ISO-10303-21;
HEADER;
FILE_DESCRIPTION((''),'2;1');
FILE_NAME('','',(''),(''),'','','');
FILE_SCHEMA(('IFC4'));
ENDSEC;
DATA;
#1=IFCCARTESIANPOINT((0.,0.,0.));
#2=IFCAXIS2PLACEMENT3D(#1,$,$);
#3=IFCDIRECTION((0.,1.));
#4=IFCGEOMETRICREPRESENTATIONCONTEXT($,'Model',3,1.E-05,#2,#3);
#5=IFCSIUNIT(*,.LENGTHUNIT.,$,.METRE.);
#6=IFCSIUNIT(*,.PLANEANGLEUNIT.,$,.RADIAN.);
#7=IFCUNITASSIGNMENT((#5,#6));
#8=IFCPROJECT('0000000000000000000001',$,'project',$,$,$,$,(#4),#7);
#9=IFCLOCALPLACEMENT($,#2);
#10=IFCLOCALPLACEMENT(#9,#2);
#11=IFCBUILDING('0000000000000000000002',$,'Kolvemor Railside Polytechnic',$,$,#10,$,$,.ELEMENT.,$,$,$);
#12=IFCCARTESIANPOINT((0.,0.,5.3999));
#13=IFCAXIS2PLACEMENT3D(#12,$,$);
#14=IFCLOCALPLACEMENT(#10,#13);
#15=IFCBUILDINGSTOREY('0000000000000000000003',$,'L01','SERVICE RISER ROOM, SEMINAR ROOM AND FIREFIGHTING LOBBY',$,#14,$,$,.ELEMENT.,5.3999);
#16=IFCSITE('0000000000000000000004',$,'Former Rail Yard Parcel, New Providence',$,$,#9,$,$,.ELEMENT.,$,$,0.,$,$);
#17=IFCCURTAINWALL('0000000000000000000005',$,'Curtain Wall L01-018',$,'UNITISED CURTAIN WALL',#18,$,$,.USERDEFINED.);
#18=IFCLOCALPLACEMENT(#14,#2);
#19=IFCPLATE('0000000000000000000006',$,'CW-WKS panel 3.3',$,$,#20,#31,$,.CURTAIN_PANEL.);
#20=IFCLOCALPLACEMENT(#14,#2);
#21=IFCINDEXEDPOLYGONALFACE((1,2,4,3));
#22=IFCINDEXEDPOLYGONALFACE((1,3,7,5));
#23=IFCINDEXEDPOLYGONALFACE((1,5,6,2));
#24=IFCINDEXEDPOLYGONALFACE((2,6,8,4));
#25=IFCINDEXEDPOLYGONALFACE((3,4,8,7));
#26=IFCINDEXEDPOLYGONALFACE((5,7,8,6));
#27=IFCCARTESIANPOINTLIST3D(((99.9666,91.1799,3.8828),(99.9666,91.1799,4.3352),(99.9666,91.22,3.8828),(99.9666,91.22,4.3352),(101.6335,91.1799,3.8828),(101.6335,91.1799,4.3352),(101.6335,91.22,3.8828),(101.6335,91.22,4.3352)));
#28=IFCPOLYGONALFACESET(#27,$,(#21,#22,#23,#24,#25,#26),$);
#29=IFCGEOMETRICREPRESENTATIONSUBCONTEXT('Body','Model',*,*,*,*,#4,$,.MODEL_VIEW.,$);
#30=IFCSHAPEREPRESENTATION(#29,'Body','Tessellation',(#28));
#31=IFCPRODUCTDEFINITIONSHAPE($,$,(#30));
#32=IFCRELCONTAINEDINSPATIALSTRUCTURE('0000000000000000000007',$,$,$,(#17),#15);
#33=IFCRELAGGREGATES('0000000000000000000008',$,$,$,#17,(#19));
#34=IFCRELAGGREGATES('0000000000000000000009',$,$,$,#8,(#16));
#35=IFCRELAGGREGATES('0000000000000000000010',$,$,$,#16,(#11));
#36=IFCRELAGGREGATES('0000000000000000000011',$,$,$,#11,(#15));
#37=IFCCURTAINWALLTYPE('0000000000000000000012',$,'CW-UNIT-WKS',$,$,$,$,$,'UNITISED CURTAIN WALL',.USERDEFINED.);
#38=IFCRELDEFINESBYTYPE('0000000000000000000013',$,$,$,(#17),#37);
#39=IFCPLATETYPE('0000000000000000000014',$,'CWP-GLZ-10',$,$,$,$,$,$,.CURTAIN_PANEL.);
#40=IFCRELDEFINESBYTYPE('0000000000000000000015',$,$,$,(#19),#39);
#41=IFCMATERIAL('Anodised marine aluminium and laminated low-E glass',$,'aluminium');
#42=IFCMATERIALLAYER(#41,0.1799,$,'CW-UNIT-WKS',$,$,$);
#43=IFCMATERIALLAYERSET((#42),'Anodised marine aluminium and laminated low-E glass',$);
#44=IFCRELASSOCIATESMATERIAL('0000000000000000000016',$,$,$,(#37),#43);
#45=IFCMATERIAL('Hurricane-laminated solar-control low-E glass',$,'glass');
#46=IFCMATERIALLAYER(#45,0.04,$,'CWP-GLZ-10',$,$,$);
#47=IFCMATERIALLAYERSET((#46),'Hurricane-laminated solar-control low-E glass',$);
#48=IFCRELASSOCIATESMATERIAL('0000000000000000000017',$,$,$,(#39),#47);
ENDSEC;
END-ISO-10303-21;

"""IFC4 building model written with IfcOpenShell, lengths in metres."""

from ifc_helpers import new_model, si_unit, direction, frame, origin, origin_2d, place, context, subcontext, project, spatial, rectangle, extrude, material, layer, layer_set, type_object, element, aggregate, save


model = new_model("IFC4")

# Units and contexts
model_context = context("Model", 3, precision=1e-05, world=origin(), true_north=direction((0.0, 1.0)))
body_context = subcontext(model_context, "Body", "Model", "MODEL_VIEW")
ifc_project = project(units=[si_unit("LENGTHUNIT", "METRE"), si_unit("PLANEANGLEUNIT", "RADIAN")], contexts=[model_context])

# Site, building, storey
site_placement = place(None, origin())
site = spatial("IfcSite", under=ifc_project, at=site_placement, Name="Former Rail Yard Parcel, New Providence", CompositionType="ELEMENT", RefElevation=0.0)
building_placement = place(site_placement, origin())
building = spatial("IfcBuilding", under=site, at=building_placement, Name="Kolvemor Railside Polytechnic", CompositionType="ELEMENT")
storey_placement = place(building_placement, frame((0.0, 0.0, 5.3999)))
storey = spatial("IfcBuildingStorey", under=building, at=storey_placement, Name="L01", Description="SERVICE RISER ROOM, SEMINAR ROOM AND FIREFIGHTING LOBBY", CompositionType="ELEMENT", Elevation=5.3999)

# Curtain wall, plate
ifc_material_1 = material(Name="Anodised marine aluminium and laminated low-E glass", Category="aluminium")
ifc_layer_1 = layer(ifc_material_1, 0.1799, Name="CW-UNIT-WKS")
ifc_layer_set_1 = layer_set([ifc_layer_1], Name="Anodised marine aluminium and laminated low-E glass")
curtain_wall_type = type_object("IfcCurtainWallType", Name="CW-UNIT-WKS", ElementType="UNITISED CURTAIN WALL", PredefinedType="USERDEFINED", material=ifc_layer_set_1)
curtain_wall_placement = place(storey_placement, origin())
curtain_wall = element("IfcCurtainWall", 1, at=curtain_wall_placement, inside=storey, type_object=curtain_wall_type, Name="Curtain Wall L01-018", ObjectType="UNITISED CURTAIN WALL", PredefinedType="USERDEFINED")
ifc_material_2 = material(Name="Hurricane-laminated solar-control low-E glass", Category="glass")
ifc_layer_2 = layer(ifc_material_2, 0.04, Name="CWP-GLZ-10")
ifc_layer_set_2 = layer_set([ifc_layer_2], Name="Hurricane-laminated solar-control low-E glass")
plate_type = type_object("IfcPlateType", Name="CWP-GLZ-10", PredefinedType="CURTAIN_PANEL", material=ifc_layer_set_2)
plate_1_placement = place(storey_placement, frame((100.8, 91.2, 3.8828), z_axis=(0.0, 0.0, 1.0), x_axis=(1.0, 0.0, 0.0)))
plate_1 = element("IfcPlate", 2, at=plate_1_placement, type_object=plate_type, Name="CW-WKS panel 3.3", PredefinedType="CURTAIN_PANEL", context=body_context, shape_type="SweptSolid", body=[
    extrude(rectangle(XDim=1.667, YDim=0.04, at=origin_2d()), origin(), (0.0, 0.0, 1.0), 0.4524),
])
aggregate(curtain_wall, [plate_1])

save(model, "model.ifc")
